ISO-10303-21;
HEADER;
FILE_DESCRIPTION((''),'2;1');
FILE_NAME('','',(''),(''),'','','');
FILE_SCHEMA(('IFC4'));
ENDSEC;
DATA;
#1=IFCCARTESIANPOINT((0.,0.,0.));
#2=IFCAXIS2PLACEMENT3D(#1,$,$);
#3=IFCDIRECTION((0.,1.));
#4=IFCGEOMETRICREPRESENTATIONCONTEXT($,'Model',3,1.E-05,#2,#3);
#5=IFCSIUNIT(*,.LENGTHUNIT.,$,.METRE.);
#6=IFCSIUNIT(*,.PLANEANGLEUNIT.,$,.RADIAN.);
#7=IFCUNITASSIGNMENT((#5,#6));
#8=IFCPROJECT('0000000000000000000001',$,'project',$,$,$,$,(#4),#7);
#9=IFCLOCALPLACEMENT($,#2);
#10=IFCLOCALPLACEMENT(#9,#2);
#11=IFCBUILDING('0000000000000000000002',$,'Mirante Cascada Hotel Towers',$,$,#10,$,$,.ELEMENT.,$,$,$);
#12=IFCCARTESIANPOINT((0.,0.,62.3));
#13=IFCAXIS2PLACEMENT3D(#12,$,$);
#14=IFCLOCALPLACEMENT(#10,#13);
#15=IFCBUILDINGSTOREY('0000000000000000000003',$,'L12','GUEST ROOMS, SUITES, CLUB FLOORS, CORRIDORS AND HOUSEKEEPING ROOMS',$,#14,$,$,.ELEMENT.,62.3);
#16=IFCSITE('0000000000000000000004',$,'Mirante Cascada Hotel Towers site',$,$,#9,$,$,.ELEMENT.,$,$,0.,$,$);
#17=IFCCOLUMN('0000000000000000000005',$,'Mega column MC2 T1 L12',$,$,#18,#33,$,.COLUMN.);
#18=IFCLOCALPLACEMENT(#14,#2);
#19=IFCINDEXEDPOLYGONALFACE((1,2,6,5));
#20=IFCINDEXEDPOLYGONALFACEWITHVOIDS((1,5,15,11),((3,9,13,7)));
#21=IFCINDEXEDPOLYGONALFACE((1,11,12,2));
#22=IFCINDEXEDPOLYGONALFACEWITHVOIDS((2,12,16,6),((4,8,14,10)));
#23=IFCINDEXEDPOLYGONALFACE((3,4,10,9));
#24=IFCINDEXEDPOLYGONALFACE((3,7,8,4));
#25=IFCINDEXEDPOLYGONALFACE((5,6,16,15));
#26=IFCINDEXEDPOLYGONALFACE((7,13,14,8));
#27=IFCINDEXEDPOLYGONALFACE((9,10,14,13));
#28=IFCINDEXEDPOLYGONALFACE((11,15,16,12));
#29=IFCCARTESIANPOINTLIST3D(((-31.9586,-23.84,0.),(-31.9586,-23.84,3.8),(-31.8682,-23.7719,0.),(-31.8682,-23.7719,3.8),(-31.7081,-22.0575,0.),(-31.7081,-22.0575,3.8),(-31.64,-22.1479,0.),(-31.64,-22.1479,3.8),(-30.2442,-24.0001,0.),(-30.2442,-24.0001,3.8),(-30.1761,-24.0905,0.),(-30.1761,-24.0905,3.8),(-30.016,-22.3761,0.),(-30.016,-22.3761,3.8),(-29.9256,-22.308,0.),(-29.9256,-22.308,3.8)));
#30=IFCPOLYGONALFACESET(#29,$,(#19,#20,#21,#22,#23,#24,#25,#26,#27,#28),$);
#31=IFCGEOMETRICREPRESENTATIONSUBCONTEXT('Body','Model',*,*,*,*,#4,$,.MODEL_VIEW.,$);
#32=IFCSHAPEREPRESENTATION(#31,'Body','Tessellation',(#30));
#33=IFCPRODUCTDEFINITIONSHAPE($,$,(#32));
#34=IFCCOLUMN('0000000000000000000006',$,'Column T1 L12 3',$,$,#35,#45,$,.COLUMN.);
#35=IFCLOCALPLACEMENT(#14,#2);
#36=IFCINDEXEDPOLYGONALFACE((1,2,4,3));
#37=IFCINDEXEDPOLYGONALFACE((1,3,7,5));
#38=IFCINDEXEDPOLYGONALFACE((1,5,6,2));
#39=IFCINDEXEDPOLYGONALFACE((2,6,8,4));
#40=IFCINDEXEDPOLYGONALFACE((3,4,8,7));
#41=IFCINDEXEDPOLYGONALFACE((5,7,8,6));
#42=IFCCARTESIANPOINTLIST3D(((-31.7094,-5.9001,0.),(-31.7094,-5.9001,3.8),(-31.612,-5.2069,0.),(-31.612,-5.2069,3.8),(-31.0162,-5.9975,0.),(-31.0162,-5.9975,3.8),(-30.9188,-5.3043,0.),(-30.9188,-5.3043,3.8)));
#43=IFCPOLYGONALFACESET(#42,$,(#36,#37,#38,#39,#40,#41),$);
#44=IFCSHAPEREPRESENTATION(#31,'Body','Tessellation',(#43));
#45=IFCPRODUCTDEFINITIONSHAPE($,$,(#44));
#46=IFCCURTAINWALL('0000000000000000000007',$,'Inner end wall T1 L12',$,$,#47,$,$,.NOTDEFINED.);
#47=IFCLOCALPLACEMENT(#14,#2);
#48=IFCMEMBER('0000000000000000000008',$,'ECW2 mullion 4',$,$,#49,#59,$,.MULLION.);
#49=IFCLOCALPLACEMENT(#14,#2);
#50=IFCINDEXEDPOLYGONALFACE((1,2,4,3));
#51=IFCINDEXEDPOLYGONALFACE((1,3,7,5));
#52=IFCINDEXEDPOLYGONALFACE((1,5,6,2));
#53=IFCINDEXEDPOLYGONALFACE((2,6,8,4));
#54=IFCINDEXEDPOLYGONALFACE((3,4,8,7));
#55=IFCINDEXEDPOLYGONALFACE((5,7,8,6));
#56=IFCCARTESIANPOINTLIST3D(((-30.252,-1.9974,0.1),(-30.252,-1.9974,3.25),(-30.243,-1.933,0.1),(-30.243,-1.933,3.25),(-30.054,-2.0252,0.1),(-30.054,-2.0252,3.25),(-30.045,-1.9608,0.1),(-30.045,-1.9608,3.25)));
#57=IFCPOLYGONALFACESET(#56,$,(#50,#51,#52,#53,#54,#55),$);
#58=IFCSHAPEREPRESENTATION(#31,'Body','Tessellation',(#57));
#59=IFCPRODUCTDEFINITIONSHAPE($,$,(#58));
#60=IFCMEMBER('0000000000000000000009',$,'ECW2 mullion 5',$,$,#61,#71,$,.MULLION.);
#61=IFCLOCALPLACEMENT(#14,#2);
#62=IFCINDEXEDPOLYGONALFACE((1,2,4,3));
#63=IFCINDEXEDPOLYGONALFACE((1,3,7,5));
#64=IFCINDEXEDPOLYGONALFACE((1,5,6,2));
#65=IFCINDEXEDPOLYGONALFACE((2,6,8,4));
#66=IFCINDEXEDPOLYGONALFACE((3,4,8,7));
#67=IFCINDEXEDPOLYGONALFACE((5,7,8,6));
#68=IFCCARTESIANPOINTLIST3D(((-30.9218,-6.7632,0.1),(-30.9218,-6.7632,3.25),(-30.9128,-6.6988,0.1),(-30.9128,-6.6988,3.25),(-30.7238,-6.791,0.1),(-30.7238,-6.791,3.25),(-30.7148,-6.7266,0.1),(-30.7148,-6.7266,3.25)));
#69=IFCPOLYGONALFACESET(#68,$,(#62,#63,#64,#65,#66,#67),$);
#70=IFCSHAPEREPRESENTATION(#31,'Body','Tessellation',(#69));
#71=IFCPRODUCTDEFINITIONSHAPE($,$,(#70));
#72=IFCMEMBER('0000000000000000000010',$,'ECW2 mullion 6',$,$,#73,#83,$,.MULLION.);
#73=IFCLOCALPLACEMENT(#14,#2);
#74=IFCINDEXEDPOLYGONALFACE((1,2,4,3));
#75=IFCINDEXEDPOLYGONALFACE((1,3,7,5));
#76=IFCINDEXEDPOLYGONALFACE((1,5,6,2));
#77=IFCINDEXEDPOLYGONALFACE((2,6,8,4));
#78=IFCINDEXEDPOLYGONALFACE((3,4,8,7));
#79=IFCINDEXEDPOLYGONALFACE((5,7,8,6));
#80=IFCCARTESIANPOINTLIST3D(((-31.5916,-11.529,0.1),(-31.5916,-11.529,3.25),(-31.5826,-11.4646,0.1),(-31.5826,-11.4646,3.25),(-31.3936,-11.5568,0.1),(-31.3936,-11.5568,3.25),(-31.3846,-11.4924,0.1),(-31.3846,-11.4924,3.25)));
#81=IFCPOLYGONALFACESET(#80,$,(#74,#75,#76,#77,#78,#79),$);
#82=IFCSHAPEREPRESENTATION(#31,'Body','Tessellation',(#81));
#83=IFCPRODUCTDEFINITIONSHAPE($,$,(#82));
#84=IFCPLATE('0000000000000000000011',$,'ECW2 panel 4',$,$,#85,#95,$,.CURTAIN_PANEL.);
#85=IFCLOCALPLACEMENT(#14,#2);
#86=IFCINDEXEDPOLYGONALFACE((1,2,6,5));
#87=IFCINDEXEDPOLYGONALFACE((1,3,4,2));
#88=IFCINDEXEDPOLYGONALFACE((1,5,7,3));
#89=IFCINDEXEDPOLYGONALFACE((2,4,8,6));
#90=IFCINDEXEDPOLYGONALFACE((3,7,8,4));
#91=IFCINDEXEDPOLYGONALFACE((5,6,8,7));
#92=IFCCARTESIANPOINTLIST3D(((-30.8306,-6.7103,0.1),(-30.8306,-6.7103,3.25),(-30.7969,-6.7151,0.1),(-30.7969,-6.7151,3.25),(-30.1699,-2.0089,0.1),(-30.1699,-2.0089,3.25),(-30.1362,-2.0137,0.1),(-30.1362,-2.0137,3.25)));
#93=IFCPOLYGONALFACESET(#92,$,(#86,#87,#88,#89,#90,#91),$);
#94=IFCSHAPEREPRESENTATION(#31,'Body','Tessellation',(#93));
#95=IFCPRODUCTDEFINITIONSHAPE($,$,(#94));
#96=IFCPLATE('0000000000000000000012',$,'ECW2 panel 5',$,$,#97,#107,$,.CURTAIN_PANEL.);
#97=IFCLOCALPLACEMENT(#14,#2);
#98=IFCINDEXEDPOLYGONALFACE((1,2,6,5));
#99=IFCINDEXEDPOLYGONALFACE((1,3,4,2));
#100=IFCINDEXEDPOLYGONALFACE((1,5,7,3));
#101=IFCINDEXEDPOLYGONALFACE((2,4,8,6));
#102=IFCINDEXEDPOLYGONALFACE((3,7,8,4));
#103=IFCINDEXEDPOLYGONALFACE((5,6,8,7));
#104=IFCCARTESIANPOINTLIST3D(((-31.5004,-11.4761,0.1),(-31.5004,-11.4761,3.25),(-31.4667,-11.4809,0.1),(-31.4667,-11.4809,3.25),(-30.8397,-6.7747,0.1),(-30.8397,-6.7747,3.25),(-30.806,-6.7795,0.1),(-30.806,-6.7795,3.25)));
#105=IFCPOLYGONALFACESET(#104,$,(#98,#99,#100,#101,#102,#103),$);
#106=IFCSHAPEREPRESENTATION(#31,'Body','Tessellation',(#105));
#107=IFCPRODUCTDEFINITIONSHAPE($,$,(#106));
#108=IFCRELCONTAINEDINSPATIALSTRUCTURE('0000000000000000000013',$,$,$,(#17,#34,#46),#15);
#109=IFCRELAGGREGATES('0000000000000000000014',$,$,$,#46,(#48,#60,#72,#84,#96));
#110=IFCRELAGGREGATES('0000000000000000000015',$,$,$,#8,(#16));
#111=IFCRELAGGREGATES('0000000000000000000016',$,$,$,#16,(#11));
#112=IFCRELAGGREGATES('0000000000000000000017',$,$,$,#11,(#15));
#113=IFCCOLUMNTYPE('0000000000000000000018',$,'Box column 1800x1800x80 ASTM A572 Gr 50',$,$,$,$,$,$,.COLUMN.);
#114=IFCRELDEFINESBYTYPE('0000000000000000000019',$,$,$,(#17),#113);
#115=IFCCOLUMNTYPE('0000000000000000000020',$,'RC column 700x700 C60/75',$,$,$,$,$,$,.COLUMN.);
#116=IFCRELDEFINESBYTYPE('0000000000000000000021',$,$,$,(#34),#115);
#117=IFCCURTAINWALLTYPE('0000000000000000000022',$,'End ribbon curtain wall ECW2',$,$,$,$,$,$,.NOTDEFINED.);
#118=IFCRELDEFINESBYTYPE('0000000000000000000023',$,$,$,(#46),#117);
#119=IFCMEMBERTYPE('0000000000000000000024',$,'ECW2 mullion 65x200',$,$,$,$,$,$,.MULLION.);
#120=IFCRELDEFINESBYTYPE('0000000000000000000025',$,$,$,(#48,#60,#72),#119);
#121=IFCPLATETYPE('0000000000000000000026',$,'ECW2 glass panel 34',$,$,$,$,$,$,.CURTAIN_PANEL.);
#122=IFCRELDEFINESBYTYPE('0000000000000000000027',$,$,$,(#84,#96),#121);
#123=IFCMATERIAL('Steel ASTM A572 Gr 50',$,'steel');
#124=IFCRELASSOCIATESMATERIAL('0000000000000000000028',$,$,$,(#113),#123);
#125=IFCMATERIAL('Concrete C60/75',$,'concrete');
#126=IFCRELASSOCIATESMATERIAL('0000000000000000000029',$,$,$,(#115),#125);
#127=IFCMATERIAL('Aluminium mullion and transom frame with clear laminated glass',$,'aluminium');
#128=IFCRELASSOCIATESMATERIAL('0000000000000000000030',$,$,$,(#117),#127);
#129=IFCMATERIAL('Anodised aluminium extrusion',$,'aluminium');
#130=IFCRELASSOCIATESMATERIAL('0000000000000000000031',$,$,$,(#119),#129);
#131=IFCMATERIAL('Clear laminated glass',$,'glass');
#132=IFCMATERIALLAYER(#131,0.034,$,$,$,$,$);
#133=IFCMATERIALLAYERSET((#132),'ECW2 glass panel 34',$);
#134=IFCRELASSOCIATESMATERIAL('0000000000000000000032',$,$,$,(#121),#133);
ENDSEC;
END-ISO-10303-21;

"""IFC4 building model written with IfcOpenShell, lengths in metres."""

from ifc_helpers import new_model, si_unit, direction, frame, origin, origin_2d, place, context, subcontext, project, spatial, rectangle, hollow_rectangle, extrude, material, layer, layer_set, material_profile, profile_set, type_object, element, aggregate, save


model = new_model("IFC4")

# Units and contexts
model_context = context("Model", 3, precision=1e-05, world=origin(), true_north=direction((0.0, 1.0)))
body_context = subcontext(model_context, "Body", "Model", "MODEL_VIEW")
ifc_project = project(units=[si_unit("LENGTHUNIT", "METRE"), si_unit("PLANEANGLEUNIT", "RADIAN")], contexts=[model_context])

# Site, building, storey
site_placement = place(None, origin())
site = spatial("IfcSite", under=ifc_project, at=site_placement, Name="Mirante Cascada Hotel Towers site", CompositionType="ELEMENT", RefElevation=0.0)
building_placement = place(site_placement, origin())
building = spatial("IfcBuilding", under=site, at=building_placement, Name="Mirante Cascada Hotel Towers", CompositionType="ELEMENT")
storey_placement = place(building_placement, frame((0.0, 0.0, 62.3)))
storey = spatial("IfcBuildingStorey", under=building, at=storey_placement, Name="L12", Description="GUEST ROOMS, SUITES, CLUB FLOORS, CORRIDORS AND HOUSEKEEPING ROOMS", CompositionType="ELEMENT", Elevation=62.3)

# Columns
ifc_material_1 = material(Name="Steel ASTM A572 Gr 50", Category="steel")
ifc_material_profile_1 = material_profile(ifc_material_1, hollow_rectangle(XDim=1.8, YDim=1.8, WallThickness=0.08, at=origin_2d()), Name="Box column 1800x1800x80 ASTM A572 Gr 50")
ifc_profile_set_1 = profile_set([ifc_material_profile_1], Name="Steel ASTM A572 Gr 50")
column_type_1 = type_object("IfcColumnType", Name="Box column 1800x1800x80 ASTM A572 Gr 50", PredefinedType="COLUMN", material=ifc_profile_set_1)
column_1_placement = place(storey_placement, frame((-30.9421, -23.074, 0.0), z_axis=(0.0, 0.0, 1.0), x_axis=(-0.990268, 0.139173, 0.0)))
element("IfcColumn", 1, at=column_1_placement, inside=storey, type_object=column_type_1, Name="Mega column MC2 T1 L12", PredefinedType="COLUMN", context=body_context, shape_type="SweptSolid", body=[
    extrude(hollow_rectangle(XDim=1.8, YDim=1.8, WallThickness=0.08, at=origin_2d()), origin(), (0.0, 0.0, 1.0), 3.8),
])
ifc_material_2 = material(Name="Concrete C60/75", Category="concrete")
ifc_material_profile_2 = material_profile(ifc_material_2, rectangle(XDim=0.7, YDim=0.7, at=origin_2d()), Name="RC column 700x700 C60/75")
ifc_profile_set_2 = profile_set([ifc_material_profile_2], Name="Concrete C60/75")
column_type_2 = type_object("IfcColumnType", Name="RC column 700x700 C60/75", PredefinedType="COLUMN", material=ifc_profile_set_2)
column_2_placement = place(storey_placement, frame((-31.3141, -5.6022, 0.0), z_axis=(0.0, 0.0, 1.0), x_axis=(-0.990268, 0.139173, 0.0)))
element("IfcColumn", 2, at=column_2_placement, inside=storey, type_object=column_type_2, Name="Column T1 L12 3", PredefinedType="COLUMN", context=body_context, shape_type="SweptSolid", body=[
    extrude(rectangle(XDim=0.7, YDim=0.7, at=origin_2d()), origin(), (0.0, 0.0, 1.0), 3.8),
])

# Curtain wall, members, plates
ifc_material_3 = material(Name="Aluminium mullion and transom frame with clear laminated glass", Category="aluminium")
curtain_wall_type = type_object("IfcCurtainWallType", Name="End ribbon curtain wall ECW2", PredefinedType="NOTDEFINED", material=ifc_material_3)
curtain_wall_placement = place(storey_placement, origin())
curtain_wall = element("IfcCurtainWall", 3, at=curtain_wall_placement, inside=storey, type_object=curtain_wall_type, Name="Inner end wall T1 L12", PredefinedType="NOTDEFINED")
ifc_material_4 = material(Name="Anodised aluminium extrusion", Category="aluminium")
ifc_material_profile_3 = material_profile(ifc_material_4, rectangle(XDim=0.2, YDim=0.065, at=origin_2d()), Name="ECW2 MULLION 65x200")
ifc_profile_set_3 = profile_set([ifc_material_profile_3], Name="Anodised aluminium extrusion")
member_type = type_object("IfcMemberType", Name="ECW2 mullion 65x200", PredefinedType="MULLION", material=ifc_profile_set_3)
member_1_placement = place(storey_placement, frame((-30.1485, -1.9791, 0.1), z_axis=(0.0, 0.0, 1.0), x_axis=(0.990268, -0.139173, 0.0)))
member_1 = element("IfcMember", 4, at=member_1_placement, type_object=member_type, Name="ECW2 mullion 4", PredefinedType="MULLION", context=body_context, shape_type="SweptSolid", body=[
    extrude(rectangle(XDim=0.2, YDim=0.065, at=origin_2d()), origin(), (0.0, 0.0, 1.0), 3.15),
])
member_2_placement = place(storey_placement, frame((-30.8183, -6.7449, 0.1), z_axis=(0.0, 0.0, 1.0), x_axis=(0.990268, -0.139173, 0.0)))
member_2 = element("IfcMember", 5, at=member_2_placement, type_object=member_type, Name="ECW2 mullion 5", PredefinedType="MULLION", context=body_context, shape_type="SweptSolid", body=[
    extrude(rectangle(XDim=0.2, YDim=0.065, at=origin_2d()), origin(), (0.0, 0.0, 1.0), 3.15),
])
member_3_placement = place(storey_placement, frame((-31.4881, -11.5107, 0.1), z_axis=(0.0, 0.0, 1.0), x_axis=(0.990268, -0.139173, 0.0)))
member_3 = element("IfcMember", 6, at=member_3_placement, type_object=member_type, Name="ECW2 mullion 6", PredefinedType="MULLION", context=body_context, shape_type="SweptSolid", body=[
    extrude(rectangle(XDim=0.2, YDim=0.065, at=origin_2d()), origin(), (0.0, 0.0, 1.0), 3.15),
])
ifc_material_5 = material(Name="Clear laminated glass", Category="glass")
ifc_layer_1 = layer(ifc_material_5, 0.034)
ifc_layer_set_1 = layer_set([ifc_layer_1], Name="ECW2 glass panel 34")
plate_type = type_object("IfcPlateType", Name="ECW2 glass panel 34", PredefinedType="CURTAIN_PANEL", material=ifc_layer_set_1)
plate_1_placement = place(storey_placement, frame((-30.4834, -4.362, 0.1), z_axis=(0.0, 0.0, 1.0), x_axis=(-0.139173, -0.990268, 0.0)))
plate_1 = element("IfcPlate", 7, at=plate_1_placement, type_object=plate_type, Name="ECW2 panel 4", PredefinedType="CURTAIN_PANEL", context=body_context, shape_type="SweptSolid", body=[
    extrude(rectangle(XDim=4.7476, YDim=0.034, at=origin_2d()), origin(), (0.0, 0.0, 1.0), 3.15),
])
plate_2_placement = place(storey_placement, frame((-31.1532, -9.1278, 0.1), z_axis=(0.0, 0.0, 1.0), x_axis=(-0.139173, -0.990268, 0.0)))
plate_2 = element("IfcPlate", 8, at=plate_2_placement, type_object=plate_type, Name="ECW2 panel 5", PredefinedType="CURTAIN_PANEL", context=body_context, shape_type="SweptSolid", body=[
    extrude(rectangle(XDim=4.7476, YDim=0.034, at=origin_2d()), origin(), (0.0, 0.0, 1.0), 3.15),
])
aggregate(curtain_wall, [member_1, member_2, member_3, plate_1, plate_2])

save(model, "model.ifc")
